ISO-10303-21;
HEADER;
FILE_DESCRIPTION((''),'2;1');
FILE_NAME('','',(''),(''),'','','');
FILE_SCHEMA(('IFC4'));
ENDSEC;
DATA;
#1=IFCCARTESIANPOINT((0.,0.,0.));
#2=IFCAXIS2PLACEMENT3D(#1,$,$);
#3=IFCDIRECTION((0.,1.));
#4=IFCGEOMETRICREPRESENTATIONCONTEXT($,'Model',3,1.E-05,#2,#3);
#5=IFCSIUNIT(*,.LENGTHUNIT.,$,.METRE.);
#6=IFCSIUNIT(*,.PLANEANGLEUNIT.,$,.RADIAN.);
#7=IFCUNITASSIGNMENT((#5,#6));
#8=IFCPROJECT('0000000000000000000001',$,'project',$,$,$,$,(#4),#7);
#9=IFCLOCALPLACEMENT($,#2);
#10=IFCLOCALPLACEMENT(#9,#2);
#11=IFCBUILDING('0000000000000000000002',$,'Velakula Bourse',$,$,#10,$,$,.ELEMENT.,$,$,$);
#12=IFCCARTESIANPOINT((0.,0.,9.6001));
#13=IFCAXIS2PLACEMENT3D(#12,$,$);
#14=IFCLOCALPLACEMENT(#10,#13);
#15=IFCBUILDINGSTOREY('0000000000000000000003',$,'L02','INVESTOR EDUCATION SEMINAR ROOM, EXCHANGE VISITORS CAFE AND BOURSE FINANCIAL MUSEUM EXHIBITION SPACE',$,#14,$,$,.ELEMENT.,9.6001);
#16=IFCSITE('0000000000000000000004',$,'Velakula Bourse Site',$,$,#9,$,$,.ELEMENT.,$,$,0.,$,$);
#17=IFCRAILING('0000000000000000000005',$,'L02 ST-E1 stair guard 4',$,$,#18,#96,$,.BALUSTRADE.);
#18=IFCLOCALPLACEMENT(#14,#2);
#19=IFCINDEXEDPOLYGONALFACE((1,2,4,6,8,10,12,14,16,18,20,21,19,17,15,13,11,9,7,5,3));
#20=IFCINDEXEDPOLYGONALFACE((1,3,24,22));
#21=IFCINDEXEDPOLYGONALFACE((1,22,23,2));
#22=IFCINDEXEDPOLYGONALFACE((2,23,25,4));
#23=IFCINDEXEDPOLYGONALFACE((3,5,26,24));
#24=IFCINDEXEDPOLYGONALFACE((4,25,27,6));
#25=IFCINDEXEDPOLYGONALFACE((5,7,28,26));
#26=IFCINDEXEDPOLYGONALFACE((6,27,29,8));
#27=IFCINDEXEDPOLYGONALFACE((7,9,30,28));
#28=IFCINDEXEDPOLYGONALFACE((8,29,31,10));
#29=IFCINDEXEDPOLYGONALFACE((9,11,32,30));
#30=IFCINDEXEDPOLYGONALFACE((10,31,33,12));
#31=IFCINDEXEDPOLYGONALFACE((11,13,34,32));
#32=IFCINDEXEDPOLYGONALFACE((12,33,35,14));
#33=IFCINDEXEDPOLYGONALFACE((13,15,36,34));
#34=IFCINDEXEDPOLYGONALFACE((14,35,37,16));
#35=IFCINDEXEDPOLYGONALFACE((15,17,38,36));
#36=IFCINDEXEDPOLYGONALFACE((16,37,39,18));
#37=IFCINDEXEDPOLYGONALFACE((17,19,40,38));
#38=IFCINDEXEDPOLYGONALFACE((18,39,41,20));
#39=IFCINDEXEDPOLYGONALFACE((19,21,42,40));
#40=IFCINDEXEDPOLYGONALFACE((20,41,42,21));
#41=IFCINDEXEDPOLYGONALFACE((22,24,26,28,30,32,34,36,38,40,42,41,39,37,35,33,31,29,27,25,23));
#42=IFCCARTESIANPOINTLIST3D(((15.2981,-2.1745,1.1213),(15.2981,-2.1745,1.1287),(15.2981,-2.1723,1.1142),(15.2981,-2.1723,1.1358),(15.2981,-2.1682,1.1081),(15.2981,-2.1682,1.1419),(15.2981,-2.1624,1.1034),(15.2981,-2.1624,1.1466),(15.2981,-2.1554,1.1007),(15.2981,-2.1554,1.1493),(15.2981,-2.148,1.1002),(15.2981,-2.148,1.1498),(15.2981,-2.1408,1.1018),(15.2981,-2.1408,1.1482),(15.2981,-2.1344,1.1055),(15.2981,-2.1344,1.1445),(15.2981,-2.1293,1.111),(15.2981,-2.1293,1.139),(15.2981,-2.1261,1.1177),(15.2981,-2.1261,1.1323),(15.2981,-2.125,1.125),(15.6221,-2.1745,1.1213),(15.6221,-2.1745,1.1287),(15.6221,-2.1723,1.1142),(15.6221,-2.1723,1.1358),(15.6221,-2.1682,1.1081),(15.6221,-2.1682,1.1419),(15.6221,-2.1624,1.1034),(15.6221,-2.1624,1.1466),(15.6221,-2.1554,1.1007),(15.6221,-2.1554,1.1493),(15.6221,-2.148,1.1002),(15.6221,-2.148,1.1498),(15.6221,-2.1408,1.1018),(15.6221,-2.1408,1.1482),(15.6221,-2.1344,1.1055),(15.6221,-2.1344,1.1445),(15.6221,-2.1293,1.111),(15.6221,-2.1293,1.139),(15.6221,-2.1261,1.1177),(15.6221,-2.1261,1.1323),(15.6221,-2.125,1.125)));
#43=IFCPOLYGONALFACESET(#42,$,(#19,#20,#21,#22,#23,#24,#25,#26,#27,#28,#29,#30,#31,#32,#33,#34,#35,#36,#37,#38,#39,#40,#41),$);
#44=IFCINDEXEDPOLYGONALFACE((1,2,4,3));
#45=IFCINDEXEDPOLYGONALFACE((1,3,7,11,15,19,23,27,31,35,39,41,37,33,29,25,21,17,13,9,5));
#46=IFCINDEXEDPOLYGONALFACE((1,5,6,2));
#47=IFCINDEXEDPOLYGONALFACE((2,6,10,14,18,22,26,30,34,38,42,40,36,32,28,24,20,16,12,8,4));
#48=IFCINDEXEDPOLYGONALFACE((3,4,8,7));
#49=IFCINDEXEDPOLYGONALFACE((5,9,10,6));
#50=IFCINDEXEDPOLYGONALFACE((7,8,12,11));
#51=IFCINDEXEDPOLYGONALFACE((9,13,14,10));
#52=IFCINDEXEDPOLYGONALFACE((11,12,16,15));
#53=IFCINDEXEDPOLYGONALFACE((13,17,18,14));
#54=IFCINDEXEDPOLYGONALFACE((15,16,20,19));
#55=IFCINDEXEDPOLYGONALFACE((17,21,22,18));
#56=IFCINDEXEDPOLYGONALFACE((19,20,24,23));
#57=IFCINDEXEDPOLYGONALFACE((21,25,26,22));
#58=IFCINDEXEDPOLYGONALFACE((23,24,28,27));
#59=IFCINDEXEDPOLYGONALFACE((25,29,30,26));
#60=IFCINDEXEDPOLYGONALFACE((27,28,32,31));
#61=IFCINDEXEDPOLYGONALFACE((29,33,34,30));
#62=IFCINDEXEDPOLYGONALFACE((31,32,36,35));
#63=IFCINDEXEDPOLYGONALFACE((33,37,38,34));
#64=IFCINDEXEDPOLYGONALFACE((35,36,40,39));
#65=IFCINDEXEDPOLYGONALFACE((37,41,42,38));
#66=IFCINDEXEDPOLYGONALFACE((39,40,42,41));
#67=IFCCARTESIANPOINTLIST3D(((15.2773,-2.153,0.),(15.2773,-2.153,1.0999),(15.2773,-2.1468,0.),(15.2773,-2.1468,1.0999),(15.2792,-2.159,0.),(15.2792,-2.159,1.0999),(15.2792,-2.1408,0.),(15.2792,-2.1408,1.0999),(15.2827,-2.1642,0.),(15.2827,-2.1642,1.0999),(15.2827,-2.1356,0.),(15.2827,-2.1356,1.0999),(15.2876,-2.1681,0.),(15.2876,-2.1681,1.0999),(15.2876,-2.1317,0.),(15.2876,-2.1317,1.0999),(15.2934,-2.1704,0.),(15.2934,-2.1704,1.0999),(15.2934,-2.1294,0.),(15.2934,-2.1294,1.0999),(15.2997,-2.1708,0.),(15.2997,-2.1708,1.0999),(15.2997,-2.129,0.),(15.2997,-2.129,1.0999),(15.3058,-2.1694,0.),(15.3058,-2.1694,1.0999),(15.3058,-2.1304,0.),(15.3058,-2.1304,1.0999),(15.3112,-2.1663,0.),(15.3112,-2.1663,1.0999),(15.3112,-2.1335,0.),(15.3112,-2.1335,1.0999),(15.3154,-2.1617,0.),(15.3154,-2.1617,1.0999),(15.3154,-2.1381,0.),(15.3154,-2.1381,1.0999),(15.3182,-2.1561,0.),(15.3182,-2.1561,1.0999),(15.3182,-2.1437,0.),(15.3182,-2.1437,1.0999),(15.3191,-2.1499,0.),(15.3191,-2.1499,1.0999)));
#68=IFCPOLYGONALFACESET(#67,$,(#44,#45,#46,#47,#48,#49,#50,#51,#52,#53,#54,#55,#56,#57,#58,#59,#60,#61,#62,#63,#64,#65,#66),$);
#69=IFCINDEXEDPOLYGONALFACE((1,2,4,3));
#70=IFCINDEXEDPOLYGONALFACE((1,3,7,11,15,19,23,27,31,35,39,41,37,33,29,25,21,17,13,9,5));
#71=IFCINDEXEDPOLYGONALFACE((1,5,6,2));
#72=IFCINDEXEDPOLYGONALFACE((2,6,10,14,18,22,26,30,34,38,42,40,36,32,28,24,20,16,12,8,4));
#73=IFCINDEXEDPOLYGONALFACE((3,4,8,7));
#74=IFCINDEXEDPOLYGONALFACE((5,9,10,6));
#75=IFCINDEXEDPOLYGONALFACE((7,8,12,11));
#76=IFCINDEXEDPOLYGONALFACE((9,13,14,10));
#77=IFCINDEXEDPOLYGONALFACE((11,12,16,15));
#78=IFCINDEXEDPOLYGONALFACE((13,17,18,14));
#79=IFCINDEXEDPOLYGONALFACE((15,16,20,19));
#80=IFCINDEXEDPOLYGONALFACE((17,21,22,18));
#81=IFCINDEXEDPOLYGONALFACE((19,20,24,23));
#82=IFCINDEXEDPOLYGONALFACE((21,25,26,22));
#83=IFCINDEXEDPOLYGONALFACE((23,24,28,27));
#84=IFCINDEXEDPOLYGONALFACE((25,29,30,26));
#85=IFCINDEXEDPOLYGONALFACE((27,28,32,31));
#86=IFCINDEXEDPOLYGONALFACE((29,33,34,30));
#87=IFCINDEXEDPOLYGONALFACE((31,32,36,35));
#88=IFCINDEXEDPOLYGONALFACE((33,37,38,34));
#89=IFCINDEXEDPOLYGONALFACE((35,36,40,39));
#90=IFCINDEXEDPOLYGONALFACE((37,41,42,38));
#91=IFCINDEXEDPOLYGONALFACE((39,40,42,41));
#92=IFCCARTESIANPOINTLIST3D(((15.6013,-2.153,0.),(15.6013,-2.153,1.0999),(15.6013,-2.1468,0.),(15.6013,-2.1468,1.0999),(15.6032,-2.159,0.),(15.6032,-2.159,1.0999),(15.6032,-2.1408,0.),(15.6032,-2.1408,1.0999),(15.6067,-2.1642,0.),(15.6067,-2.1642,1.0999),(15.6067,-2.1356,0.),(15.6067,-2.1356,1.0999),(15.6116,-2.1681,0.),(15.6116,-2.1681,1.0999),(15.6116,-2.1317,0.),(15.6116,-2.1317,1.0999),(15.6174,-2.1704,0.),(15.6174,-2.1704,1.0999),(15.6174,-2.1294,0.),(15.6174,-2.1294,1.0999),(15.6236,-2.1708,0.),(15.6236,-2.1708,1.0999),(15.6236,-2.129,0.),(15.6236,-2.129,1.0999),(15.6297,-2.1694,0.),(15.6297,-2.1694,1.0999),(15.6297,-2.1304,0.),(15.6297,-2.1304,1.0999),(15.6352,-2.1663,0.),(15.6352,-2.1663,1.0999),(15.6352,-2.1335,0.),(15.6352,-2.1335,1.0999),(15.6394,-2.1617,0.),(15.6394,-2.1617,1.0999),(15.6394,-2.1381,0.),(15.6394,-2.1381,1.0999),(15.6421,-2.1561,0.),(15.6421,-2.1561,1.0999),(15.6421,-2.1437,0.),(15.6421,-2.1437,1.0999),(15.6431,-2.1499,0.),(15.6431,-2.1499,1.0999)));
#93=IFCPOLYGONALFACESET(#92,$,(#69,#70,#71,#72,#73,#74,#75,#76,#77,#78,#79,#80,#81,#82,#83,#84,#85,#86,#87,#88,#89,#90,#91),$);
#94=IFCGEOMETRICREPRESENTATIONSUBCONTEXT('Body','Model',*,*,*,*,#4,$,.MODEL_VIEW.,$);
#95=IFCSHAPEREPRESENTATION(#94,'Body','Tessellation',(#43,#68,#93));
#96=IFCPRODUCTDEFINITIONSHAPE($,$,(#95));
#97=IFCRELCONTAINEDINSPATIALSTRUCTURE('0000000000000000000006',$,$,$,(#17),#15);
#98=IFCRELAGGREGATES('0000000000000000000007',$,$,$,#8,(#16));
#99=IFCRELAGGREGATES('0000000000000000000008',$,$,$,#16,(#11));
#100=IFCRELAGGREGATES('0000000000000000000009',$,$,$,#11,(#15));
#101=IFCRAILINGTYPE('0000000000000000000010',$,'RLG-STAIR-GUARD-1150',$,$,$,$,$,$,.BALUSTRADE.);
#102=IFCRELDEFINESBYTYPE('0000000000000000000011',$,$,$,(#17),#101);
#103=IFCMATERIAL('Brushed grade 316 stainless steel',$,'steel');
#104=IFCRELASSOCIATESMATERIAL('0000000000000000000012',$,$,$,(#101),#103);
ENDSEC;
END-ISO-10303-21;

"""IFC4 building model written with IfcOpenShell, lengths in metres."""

from ifc_helpers import new_model, si_unit, direction, frame, origin, origin_2d, place, context, subcontext, project, spatial, circle, extrude, material, type_object, element, save


model = new_model("IFC4")

# Units and contexts
model_context = context("Model", 3, precision=1e-05, world=origin(), true_north=direction((0.0, 1.0)))
body_context = subcontext(model_context, "Body", "Model", "MODEL_VIEW")
ifc_project = project(units=[si_unit("LENGTHUNIT", "METRE"), si_unit("PLANEANGLEUNIT", "RADIAN")], contexts=[model_context])

# Site, building, storey
site_placement = place(None, origin())
site = spatial("IfcSite", under=ifc_project, at=site_placement, Name="Velakula Bourse Site", CompositionType="ELEMENT", RefElevation=0.0)
building_placement = place(site_placement, origin())
building = spatial("IfcBuilding", under=site, at=building_placement, Name="Velakula Bourse", CompositionType="ELEMENT")
storey_placement = place(building_placement, frame((0.0, 0.0, 9.6001)))
storey = spatial("IfcBuildingStorey", under=building, at=storey_placement, Name="L02", Description="INVESTOR EDUCATION SEMINAR ROOM, EXCHANGE VISITORS CAFE AND BOURSE FINANCIAL MUSEUM EXHIBITION SPACE", CompositionType="ELEMENT", Elevation=9.6001)

# Shared definitions
ifc_material_1 = material(Name="Brushed grade 316 stainless steel", Category="steel")

# Railing
railing_type = type_object("IfcRailingType", Name="RLG-STAIR-GUARD-1150", PredefinedType="BALUSTRADE", material=ifc_material_1)
railing_1_placement = place(storey_placement, frame((15.2981, -2.1499, 0.0)))
element("IfcRailing", 1, at=railing_1_placement, inside=storey, type_object=railing_type, Name="L02 ST-E1 stair guard 4", PredefinedType="BALUSTRADE", context=body_context, shape_type="SweptSolid", body=[
    extrude(circle(Radius=0.0249, at=origin_2d()), frame((0.0, 0.0, 1.125), z_axis=(1.0, 0.0, 0.0), x_axis=(0.0, 1.0, 0.0)), (0.0, 0.0, 1.0), 0.324),
    extrude(circle(Radius=0.021, at=origin_2d()), origin(), (0.0, 0.0, 1.0), 1.0999),
    extrude(circle(Radius=0.021, at=origin_2d()), frame((0.324, 0.0, 0.0)), (0.0, 0.0, 1.0), 1.0999),
])

save(model, "model.ifc")
